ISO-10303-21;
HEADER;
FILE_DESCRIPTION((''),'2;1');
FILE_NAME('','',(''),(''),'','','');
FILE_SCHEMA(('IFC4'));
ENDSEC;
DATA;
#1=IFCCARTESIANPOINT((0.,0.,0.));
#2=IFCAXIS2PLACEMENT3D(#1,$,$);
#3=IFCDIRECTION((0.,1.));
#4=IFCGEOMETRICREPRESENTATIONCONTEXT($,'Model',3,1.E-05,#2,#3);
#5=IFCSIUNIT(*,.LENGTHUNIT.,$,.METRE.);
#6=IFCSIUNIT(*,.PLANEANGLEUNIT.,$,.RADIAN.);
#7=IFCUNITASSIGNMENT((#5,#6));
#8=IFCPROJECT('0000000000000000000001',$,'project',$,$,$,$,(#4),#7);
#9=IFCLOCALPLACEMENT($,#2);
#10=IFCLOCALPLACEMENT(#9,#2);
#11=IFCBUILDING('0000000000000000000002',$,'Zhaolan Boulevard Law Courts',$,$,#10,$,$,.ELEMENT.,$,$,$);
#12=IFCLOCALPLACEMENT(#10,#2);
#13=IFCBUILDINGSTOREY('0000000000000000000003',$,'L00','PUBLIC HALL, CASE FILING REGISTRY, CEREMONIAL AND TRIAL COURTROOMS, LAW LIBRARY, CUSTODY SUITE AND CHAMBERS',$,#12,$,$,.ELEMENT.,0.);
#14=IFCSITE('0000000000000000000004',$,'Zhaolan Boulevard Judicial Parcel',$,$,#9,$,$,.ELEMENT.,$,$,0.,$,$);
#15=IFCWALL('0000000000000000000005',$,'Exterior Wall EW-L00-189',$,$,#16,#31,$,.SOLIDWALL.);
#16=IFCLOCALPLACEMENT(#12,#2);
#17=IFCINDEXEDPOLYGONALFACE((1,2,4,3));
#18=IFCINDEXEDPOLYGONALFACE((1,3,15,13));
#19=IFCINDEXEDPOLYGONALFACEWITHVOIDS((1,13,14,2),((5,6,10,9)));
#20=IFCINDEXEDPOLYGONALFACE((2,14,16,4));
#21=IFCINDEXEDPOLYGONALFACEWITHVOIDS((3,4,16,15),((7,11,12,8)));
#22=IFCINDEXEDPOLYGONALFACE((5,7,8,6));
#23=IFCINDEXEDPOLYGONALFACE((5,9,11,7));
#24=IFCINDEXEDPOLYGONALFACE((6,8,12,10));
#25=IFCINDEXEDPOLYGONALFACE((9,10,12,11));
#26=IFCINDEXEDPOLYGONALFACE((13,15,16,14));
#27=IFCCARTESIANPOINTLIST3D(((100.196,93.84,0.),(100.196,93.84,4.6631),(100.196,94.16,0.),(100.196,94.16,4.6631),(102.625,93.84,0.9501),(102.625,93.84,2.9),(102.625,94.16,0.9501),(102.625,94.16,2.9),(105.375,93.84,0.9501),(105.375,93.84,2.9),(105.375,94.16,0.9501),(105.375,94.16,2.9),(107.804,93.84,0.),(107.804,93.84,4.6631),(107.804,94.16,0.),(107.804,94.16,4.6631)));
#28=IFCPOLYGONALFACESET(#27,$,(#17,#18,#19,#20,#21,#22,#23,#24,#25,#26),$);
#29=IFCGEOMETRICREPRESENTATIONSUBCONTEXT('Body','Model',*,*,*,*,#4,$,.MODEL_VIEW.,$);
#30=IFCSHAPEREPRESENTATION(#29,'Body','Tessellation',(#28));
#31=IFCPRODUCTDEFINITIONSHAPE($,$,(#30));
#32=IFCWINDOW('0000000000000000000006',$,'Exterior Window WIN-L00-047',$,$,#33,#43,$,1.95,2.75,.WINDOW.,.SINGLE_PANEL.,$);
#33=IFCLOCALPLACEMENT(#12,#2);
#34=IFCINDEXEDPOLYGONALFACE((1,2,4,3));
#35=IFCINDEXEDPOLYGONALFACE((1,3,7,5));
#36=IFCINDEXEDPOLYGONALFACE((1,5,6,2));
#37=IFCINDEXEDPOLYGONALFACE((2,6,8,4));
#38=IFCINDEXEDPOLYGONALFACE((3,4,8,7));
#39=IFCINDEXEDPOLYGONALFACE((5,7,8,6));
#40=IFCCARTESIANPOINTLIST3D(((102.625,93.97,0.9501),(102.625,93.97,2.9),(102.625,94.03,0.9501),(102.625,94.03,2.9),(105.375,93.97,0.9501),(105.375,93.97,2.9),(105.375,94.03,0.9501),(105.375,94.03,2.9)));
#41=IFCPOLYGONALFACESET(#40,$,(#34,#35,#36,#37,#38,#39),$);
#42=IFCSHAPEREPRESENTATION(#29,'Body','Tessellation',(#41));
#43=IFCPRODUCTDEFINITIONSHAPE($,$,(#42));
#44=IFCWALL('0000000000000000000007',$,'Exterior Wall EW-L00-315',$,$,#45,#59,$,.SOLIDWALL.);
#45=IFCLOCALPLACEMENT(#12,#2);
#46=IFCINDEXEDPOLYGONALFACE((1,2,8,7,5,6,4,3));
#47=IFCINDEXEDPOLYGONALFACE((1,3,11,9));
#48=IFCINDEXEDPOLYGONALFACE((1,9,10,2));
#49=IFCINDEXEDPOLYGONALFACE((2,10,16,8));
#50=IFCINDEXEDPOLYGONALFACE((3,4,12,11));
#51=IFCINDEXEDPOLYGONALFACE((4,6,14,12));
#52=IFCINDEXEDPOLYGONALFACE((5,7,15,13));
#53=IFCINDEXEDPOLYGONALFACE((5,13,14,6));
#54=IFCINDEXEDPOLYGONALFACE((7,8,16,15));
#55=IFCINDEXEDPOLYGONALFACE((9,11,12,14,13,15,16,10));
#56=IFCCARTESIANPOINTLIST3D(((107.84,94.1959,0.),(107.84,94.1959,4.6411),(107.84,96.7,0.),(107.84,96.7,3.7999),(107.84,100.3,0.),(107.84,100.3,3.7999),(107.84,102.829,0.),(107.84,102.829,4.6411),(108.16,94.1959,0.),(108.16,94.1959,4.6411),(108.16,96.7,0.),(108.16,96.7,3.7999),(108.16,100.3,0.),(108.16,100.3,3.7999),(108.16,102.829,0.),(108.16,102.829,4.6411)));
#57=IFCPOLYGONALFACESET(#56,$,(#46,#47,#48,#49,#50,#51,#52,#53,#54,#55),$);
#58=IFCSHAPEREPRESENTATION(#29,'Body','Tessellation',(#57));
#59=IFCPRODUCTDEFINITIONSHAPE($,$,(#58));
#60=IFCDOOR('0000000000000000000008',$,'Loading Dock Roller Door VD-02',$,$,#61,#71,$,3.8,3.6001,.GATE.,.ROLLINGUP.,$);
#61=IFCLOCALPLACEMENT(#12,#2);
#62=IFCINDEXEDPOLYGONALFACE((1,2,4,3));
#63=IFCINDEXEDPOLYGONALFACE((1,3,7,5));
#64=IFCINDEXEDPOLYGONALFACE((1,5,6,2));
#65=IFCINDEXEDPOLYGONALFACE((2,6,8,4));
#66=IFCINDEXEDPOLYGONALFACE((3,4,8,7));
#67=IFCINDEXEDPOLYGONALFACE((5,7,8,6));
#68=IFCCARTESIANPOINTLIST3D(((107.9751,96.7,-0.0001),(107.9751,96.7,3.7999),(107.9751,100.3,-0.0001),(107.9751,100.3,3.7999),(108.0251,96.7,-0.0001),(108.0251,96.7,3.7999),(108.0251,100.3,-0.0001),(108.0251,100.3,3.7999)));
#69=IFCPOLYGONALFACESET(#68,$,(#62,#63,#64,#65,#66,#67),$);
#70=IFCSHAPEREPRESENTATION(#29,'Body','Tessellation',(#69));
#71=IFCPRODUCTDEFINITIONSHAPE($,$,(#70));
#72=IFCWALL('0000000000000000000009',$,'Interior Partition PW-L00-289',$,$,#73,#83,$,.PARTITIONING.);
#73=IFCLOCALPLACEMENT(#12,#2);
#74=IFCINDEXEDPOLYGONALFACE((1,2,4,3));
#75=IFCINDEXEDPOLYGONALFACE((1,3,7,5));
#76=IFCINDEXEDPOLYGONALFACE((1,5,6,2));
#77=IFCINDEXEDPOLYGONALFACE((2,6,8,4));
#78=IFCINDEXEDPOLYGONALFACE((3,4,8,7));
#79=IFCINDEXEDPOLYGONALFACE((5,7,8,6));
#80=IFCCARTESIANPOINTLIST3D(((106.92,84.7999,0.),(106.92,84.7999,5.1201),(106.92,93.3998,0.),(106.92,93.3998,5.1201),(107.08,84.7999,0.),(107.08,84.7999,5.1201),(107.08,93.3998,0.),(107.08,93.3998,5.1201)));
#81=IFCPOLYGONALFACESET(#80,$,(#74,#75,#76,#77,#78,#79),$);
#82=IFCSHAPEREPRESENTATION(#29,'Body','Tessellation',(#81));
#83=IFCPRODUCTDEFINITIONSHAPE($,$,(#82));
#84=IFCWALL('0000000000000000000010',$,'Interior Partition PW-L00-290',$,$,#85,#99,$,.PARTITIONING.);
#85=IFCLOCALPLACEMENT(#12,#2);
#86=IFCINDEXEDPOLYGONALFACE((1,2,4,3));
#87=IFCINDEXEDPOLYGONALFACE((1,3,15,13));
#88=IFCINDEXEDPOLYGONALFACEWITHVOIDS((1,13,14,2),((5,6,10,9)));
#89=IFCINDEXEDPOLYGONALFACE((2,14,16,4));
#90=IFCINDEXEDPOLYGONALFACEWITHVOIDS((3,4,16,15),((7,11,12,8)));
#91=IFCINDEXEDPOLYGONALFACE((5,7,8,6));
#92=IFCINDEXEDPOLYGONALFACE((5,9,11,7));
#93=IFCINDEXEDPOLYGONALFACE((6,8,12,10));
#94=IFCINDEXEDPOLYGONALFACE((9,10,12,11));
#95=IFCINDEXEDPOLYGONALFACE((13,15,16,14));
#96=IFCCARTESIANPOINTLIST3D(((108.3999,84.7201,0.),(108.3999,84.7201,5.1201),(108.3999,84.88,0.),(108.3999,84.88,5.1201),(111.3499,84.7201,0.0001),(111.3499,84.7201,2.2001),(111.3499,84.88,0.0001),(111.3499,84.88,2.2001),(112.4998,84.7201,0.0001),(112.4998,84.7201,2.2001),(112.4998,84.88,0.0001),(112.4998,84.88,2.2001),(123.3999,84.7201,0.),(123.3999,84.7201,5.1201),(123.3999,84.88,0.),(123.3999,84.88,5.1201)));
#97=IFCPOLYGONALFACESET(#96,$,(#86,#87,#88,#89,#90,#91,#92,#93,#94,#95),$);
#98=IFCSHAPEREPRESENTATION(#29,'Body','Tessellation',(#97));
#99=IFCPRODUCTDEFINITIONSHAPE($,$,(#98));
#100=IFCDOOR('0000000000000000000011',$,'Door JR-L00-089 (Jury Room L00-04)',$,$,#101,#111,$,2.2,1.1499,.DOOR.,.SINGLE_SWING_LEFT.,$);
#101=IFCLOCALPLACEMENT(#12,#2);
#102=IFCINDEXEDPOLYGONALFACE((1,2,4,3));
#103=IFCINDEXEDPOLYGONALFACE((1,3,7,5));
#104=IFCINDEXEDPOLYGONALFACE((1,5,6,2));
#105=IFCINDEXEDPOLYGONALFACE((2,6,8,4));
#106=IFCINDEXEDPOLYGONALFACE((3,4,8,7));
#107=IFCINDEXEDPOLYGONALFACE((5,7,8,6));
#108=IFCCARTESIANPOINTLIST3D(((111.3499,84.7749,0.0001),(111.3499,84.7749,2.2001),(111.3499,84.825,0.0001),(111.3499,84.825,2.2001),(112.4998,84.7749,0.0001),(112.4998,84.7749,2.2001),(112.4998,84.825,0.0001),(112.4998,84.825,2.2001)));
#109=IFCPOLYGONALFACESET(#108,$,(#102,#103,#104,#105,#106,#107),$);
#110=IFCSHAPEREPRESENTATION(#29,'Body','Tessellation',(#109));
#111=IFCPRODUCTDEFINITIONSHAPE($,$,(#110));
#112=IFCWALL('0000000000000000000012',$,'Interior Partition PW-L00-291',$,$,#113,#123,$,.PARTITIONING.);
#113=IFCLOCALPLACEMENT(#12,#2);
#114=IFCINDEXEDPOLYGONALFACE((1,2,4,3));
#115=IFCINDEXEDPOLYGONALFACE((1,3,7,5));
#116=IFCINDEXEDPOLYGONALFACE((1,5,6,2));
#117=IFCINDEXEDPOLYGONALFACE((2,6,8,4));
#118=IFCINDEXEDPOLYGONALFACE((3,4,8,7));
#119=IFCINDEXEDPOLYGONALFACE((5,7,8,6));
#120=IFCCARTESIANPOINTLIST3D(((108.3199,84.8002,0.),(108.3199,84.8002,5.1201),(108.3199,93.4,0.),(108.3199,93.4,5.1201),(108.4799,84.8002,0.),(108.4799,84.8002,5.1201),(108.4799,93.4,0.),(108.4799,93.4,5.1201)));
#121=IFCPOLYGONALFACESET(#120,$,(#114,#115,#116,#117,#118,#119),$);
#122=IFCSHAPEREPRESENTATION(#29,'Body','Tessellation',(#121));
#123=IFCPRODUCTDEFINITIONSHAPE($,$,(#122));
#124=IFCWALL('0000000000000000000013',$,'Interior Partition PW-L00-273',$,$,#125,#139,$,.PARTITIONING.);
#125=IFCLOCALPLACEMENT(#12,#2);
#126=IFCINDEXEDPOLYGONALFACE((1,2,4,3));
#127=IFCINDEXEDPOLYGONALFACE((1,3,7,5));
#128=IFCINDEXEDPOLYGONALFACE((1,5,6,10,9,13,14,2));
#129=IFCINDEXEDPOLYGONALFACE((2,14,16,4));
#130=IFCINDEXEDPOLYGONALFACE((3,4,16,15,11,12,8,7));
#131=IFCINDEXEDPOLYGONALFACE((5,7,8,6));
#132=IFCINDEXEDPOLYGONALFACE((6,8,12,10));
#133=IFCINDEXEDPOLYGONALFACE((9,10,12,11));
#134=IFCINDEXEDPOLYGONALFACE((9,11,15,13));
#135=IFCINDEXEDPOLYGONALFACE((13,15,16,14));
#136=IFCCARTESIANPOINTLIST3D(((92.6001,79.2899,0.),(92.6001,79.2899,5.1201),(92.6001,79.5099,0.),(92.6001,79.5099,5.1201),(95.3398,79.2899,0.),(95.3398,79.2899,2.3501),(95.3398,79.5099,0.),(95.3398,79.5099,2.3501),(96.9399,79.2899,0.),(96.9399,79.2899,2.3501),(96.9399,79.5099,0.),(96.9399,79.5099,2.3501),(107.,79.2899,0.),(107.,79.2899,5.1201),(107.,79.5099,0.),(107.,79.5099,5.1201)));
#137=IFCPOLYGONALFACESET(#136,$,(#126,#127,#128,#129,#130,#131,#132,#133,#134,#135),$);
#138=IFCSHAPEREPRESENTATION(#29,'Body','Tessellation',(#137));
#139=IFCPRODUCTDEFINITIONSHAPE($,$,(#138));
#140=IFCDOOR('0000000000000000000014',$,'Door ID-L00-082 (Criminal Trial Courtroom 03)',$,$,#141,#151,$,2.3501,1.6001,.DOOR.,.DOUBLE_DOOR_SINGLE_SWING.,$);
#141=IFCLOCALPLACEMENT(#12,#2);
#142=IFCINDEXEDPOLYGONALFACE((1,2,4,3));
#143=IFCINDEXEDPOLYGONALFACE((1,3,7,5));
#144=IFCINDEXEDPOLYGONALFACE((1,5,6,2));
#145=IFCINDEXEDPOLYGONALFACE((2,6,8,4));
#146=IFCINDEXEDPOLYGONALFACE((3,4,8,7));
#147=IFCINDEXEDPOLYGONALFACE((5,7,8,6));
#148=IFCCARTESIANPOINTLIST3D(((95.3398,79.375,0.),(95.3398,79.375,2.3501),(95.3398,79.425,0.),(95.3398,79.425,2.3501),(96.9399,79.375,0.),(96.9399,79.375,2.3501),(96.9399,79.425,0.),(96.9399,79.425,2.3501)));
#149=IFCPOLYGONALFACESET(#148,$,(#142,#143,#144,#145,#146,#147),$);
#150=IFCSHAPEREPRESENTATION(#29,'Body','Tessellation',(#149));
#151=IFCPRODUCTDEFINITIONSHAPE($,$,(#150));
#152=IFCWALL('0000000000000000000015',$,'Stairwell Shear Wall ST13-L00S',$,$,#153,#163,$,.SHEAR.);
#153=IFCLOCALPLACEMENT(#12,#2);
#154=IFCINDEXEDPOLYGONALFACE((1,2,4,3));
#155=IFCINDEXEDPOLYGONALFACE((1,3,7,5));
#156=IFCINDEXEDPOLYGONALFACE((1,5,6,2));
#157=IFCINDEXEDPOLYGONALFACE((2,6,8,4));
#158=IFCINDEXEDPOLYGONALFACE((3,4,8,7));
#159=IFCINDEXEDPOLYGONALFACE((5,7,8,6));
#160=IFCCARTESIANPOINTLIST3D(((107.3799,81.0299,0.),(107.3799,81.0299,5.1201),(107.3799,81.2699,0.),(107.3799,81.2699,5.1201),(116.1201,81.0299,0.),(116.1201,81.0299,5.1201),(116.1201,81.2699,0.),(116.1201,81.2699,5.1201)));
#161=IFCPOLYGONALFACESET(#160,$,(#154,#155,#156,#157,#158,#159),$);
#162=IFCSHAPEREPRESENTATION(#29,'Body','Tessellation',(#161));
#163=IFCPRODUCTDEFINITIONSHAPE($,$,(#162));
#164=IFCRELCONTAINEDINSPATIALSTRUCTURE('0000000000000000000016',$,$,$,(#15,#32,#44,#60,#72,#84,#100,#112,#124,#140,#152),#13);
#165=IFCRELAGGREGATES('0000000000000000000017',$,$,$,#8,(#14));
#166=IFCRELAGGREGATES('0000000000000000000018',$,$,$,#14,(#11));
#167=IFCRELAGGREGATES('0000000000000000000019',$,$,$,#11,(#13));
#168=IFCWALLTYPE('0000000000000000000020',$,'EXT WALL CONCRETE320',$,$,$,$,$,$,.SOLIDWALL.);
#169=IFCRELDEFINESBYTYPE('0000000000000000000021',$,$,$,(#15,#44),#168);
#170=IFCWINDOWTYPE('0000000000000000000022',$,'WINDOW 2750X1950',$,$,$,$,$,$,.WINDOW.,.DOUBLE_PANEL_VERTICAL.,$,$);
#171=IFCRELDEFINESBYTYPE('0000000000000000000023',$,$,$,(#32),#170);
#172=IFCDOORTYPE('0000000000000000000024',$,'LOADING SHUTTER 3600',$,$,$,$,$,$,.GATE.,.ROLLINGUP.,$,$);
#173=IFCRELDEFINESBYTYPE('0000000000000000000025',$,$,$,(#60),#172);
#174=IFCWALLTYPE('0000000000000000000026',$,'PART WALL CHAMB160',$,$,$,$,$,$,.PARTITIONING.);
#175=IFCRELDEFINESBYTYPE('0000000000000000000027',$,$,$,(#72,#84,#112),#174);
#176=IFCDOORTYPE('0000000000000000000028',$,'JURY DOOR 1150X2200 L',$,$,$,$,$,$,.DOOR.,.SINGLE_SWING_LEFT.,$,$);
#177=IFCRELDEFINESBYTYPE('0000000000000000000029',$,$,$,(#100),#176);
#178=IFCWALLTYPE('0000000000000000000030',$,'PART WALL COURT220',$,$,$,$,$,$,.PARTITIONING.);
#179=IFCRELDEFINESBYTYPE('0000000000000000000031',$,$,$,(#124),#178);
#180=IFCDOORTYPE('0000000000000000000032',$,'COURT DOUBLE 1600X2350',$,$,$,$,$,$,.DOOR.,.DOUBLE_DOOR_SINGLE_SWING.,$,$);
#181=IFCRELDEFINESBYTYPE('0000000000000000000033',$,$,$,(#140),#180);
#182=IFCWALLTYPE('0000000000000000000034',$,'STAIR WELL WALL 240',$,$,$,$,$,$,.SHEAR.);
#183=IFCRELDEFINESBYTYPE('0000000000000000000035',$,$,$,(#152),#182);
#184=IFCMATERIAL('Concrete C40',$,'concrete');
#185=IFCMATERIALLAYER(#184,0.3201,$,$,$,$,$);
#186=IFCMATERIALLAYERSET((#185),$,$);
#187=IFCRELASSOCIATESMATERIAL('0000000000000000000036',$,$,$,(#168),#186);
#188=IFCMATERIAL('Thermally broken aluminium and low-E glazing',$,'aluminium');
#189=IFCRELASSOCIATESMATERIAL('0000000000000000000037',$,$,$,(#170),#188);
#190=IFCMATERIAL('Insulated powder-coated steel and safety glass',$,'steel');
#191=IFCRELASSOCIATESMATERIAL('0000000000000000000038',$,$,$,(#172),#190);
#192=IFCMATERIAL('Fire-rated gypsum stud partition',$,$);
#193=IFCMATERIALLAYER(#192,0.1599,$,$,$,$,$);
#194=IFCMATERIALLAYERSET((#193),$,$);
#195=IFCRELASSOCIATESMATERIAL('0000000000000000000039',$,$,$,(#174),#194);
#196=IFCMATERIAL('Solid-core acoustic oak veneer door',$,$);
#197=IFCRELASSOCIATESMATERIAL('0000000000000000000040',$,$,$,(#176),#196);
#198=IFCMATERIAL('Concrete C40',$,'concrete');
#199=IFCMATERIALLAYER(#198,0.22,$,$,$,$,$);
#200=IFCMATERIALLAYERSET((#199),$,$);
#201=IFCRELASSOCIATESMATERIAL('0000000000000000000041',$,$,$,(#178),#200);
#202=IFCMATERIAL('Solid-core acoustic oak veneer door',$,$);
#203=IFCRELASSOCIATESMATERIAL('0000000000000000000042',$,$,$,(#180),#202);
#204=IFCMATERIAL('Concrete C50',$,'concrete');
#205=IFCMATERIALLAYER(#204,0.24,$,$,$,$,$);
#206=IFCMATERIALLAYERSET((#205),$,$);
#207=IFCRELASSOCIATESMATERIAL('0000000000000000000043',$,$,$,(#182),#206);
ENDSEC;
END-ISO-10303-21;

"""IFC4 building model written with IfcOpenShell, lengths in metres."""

from ifc_helpers import new_model, si_unit, direction, frame, frame_2d, origin, place, context, subcontext, project, spatial, rectangle, extrude, material, layer, layer_set, type_object, element, fill, save


model = new_model("IFC4")

# Units and contexts
model_context = context("Model", 3, precision=1e-05, world=origin(), true_north=direction((0.0, 1.0)))
body_context = subcontext(model_context, "Body", "Model", "MODEL_VIEW")
ifc_project = project(units=[si_unit("LENGTHUNIT", "METRE"), si_unit("PLANEANGLEUNIT", "RADIAN")], contexts=[model_context])

# Site, building, storey
site_placement = place(None, origin())
site = spatial("IfcSite", under=ifc_project, at=site_placement, Name="Zhaolan Boulevard Judicial Parcel", CompositionType="ELEMENT", RefElevation=0.0)
building_placement = place(site_placement, origin())
building = spatial("IfcBuilding", under=site, at=building_placement, Name="Zhaolan Boulevard Law Courts", CompositionType="ELEMENT")
storey_placement = place(building_placement, origin())
storey = spatial("IfcBuildingStorey", under=building, at=storey_placement, Name="L00", Description="PUBLIC HALL, CASE FILING REGISTRY, CEREMONIAL AND TRIAL COURTROOMS, LAW LIBRARY, CUSTODY SUITE AND CHAMBERS", CompositionType="ELEMENT", Elevation=0.0)

# Wall, opening, window
ifc_material_1 = material(Name="Concrete C40", Category="concrete")
ifc_layer_1 = layer(ifc_material_1, 0.3201)
ifc_layer_set_1 = layer_set([ifc_layer_1])
wall_type_1 = type_object("IfcWallType", Name="EXT WALL CONCRETE320", PredefinedType="SOLIDWALL", material=ifc_layer_set_1)
wall_1_placement = place(storey_placement, frame((107.804, 94.0, 0.0), z_axis=(0.0, 0.0, 1.0), x_axis=(-1.0, 0.0, 0.0)))
wall_1 = element("IfcWall", 1, at=wall_1_placement, inside=storey, type_object=wall_type_1, Name="Exterior Wall EW-L00-189", PredefinedType="SOLIDWALL", context=body_context, shape_type="SweptSolid", body=[
    extrude(rectangle(XDim=7.6079, YDim=0.3201, at=frame_2d((3.804, 0.0))), origin(), (0.0, 0.0, 1.0), 4.6631),
])
opening_1_placement = place(wall_1_placement, frame((2.429, 0.0, 0.95)))
opening_1 = element("IfcOpeningElement", 2, at=opening_1_placement, cuts=wall_1, PredefinedType="OPENING", context=body_context, shape_type="SweptSolid", body=[
    extrude(rectangle(XDim=2.75, YDim=1.95, at=frame_2d((1.375, 0.9751))), frame((0.0, 0.1699, 0.0), z_axis=(0.0, -1.0, 0.0), x_axis=(1.0, 0.0, 0.0)), (0.0, 0.0, 1.0), 0.3401),
])
ifc_material_2 = material(Name="Thermally broken aluminium and low-E glazing", Category="aluminium")
window_type = type_object("IfcWindowType", Name="WINDOW 2750X1950", PartitioningType="DOUBLE_PANEL_VERTICAL", PredefinedType="WINDOW", material=ifc_material_2)
window_placement = place(opening_1_placement, origin())
window = element("IfcWindow", 3, at=window_placement, inside=storey, type_object=window_type, Name="Exterior Window WIN-L00-047", OverallHeight=1.95, OverallWidth=2.75, PartitioningType="SINGLE_PANEL", PredefinedType="WINDOW", context=body_context, shape_type="SweptSolid", body=[
    extrude(rectangle(XDim=2.75, YDim=1.95, at=frame_2d((1.375, 0.9751))), frame((0.0, 0.03, 0.0), z_axis=(0.0, -1.0, 0.0), x_axis=(1.0, 0.0, 0.0)), (0.0, 0.0, 1.0), 0.0601),
])
fill(opening_1, window)

# Wall, opening, door
wall_2_placement = place(storey_placement, frame((108.0, 94.196, 0.0), z_axis=(0.0, 0.0, 1.0), x_axis=(0.0, 1.0, 0.0)))
wall_2 = element("IfcWall", 4, at=wall_2_placement, inside=storey, type_object=wall_type_1, Name="Exterior Wall EW-L00-315", PredefinedType="SOLIDWALL", context=body_context, shape_type="SweptSolid", body=[
    extrude(rectangle(XDim=8.6331, YDim=0.3201, at=frame_2d((4.3164, 0.0))), origin(), (0.0, 0.0, 1.0), 4.6411),
])
opening_2_placement = place(wall_2_placement, frame((2.5039, 0.0, 0.0)))
opening_2 = element("IfcOpeningElement", 5, at=opening_2_placement, cuts=wall_2, PredefinedType="OPENING", context=body_context, shape_type="SweptSolid", body=[
    extrude(rectangle(XDim=3.6001, YDim=3.8, at=frame_2d((1.8, 1.8999))), frame((0.0, 0.1699, 0.0), z_axis=(0.0, -1.0, 0.0), x_axis=(1.0, 0.0, 0.0)), (0.0, 0.0, 1.0), 0.3401),
])
ifc_material_3 = material(Name="Insulated powder-coated steel and safety glass", Category="steel")
door_type_1 = type_object("IfcDoorType", Name="LOADING SHUTTER 3600", OperationType="ROLLINGUP", PredefinedType="GATE", material=ifc_material_3)
door_1_placement = place(opening_2_placement, origin())
door_1 = element("IfcDoor", 6, at=door_1_placement, inside=storey, type_object=door_type_1, Name="Loading Dock Roller Door VD-02", OperationType="ROLLINGUP", OverallHeight=3.8, OverallWidth=3.6001, PredefinedType="GATE", context=body_context, shape_type="SweptSolid", body=[
    extrude(rectangle(XDim=3.6001, YDim=3.8, at=frame_2d((1.8, 1.8999))), frame((0.0, 0.0249, 0.0), z_axis=(0.0, -1.0, 0.0), x_axis=(1.0, 0.0, 0.0)), (0.0, 0.0, 1.0), 0.05),
])
fill(opening_2, door_1)

# Wall
ifc_material_4 = material(Name="Fire-rated gypsum stud partition")
ifc_layer_2 = layer(ifc_material_4, 0.1599)
ifc_layer_set_2 = layer_set([ifc_layer_2])
wall_type_2 = type_object("IfcWallType", Name="PART WALL CHAMB160", PredefinedType="PARTITIONING", material=ifc_layer_set_2)
wall_3_placement = place(storey_placement, frame((107.0, 84.8, 0.0), z_axis=(0.0, 0.0, 1.0), x_axis=(0.0, 1.0, 0.0)))
element("IfcWall", 7, at=wall_3_placement, inside=storey, type_object=wall_type_2, Name="Interior Partition PW-L00-289", PredefinedType="PARTITIONING", context=body_context, shape_type="SweptSolid", body=[
    extrude(rectangle(XDim=8.5999, YDim=0.1599, at=frame_2d((4.2998, 0.0))), origin(), (0.0, 0.0, 1.0), 5.1201),
])

# Wall, opening, door
wall_4_placement = place(storey_placement, frame((108.3999, 84.8, 0.0), z_axis=(0.0, 0.0, 1.0), x_axis=(1.0, 0.0, 0.0)))
wall_4 = element("IfcWall", 8, at=wall_4_placement, inside=storey, type_object=wall_type_2, Name="Interior Partition PW-L00-290", PredefinedType="PARTITIONING", context=body_context, shape_type="SweptSolid", body=[
    extrude(rectangle(XDim=15.0, YDim=0.1599, at=frame_2d((7.5, 0.0))), origin(), (0.0, 0.0, 1.0), 5.1201),
])
opening_3_placement = place(wall_4_placement, frame((2.95, 0.0, 0.0)))
opening_3 = element("IfcOpeningElement", 9, at=opening_3_placement, cuts=wall_4, PredefinedType="OPENING", context=body_context, shape_type="SweptSolid", body=[
    extrude(rectangle(XDim=1.1499, YDim=2.2, at=frame_2d((0.575, 1.1001))), frame((0.0, 0.0898, 0.0), z_axis=(0.0, -1.0, 0.0), x_axis=(1.0, 0.0, 0.0)), (0.0, 0.0, 1.0), 0.1799),
])
ifc_material_5 = material(Name="Solid-core acoustic oak veneer door")
door_type_2 = type_object("IfcDoorType", Name="JURY DOOR 1150X2200 L", OperationType="SINGLE_SWING_LEFT", PredefinedType="DOOR", material=ifc_material_5)
door_2_placement = place(opening_3_placement, origin())
door_2 = element("IfcDoor", 10, at=door_2_placement, inside=storey, type_object=door_type_2, Name="Door JR-L00-089 (Jury Room L00-04)", OperationType="SINGLE_SWING_LEFT", OverallHeight=2.2, OverallWidth=1.1499, PredefinedType="DOOR", context=body_context, shape_type="SweptSolid", body=[
    extrude(rectangle(XDim=1.1499, YDim=2.2, at=frame_2d((0.575, 1.1001))), frame((0.0, 0.0249, 0.0), z_axis=(0.0, -1.0, 0.0), x_axis=(1.0, 0.0, 0.0)), (0.0, 0.0, 1.0), 0.05),
])
fill(opening_3, door_2)

# Wall
wall_5_placement = place(storey_placement, frame((108.3999, 93.3999, 0.0), z_axis=(0.0, 0.0, 1.0), x_axis=(0.0, -1.0, 0.0)))
element("IfcWall", 11, at=wall_5_placement, inside=storey, type_object=wall_type_2, Name="Interior Partition PW-L00-291", PredefinedType="PARTITIONING", context=body_context, shape_type="SweptSolid", body=[
    extrude(rectangle(XDim=8.5999, YDim=0.1599, at=frame_2d((4.2998, 0.0))), origin(), (0.0, 0.0, 1.0), 5.1201),
])

# Wall, opening, door
ifc_material_6 = material(Name="Concrete C40", Category="concrete")
ifc_layer_3 = layer(ifc_material_6, 0.22)
ifc_layer_set_3 = layer_set([ifc_layer_3])
wall_type_3 = type_object("IfcWallType", Name="PART WALL COURT220", PredefinedType="PARTITIONING", material=ifc_layer_set_3)
wall_6_placement = place(storey_placement, frame((107.0, 79.3999, 0.0), z_axis=(0.0, 0.0, 1.0), x_axis=(-1.0, 0.0, 0.0)))
wall_6 = element("IfcWall", 12, at=wall_6_placement, inside=storey, type_object=wall_type_3, Name="Interior Partition PW-L00-273", PredefinedType="PARTITIONING", context=body_context, shape_type="SweptSolid", body=[
    extrude(rectangle(XDim=14.3999, YDim=0.22, at=frame_2d((7.2, 0.0))), origin(), (0.0, 0.0, 1.0), 5.1201),
])
opening_4_placement = place(wall_6_placement, frame((10.0601, 0.0, 0.0)))
opening_4 = element("IfcOpeningElement", 13, at=opening_4_placement, cuts=wall_6, PredefinedType="OPENING", context=body_context, shape_type="SweptSolid", body=[
    extrude(rectangle(XDim=1.6001, YDim=2.3501, at=frame_2d((0.8, 1.175))), frame((0.0, 0.1199, 0.0), z_axis=(0.0, -1.0, 0.0), x_axis=(1.0, 0.0, 0.0)), (0.0, 0.0, 1.0), 0.24),
])
ifc_material_7 = material(Name="Solid-core acoustic oak veneer door")
door_type_3 = type_object("IfcDoorType", Name="COURT DOUBLE 1600X2350", OperationType="DOUBLE_DOOR_SINGLE_SWING", PredefinedType="DOOR", material=ifc_material_7)
door_3_placement = place(opening_4_placement, origin())
door_3 = element("IfcDoor", 14, at=door_3_placement, inside=storey, type_object=door_type_3, Name="Door ID-L00-082 (Criminal Trial Courtroom 03)", OperationType="DOUBLE_DOOR_SINGLE_SWING", OverallHeight=2.3501, OverallWidth=1.6001, PredefinedType="DOOR", context=body_context, shape_type="SweptSolid", body=[
    extrude(rectangle(XDim=1.6001, YDim=2.3501, at=frame_2d((0.8, 1.175))), frame((0.0, 0.0249, 0.0), z_axis=(0.0, -1.0, 0.0), x_axis=(1.0, 0.0, 0.0)), (0.0, 0.0, 1.0), 0.05),
])
fill(opening_4, door_3)

# Wall
ifc_material_8 = material(Name="Concrete C50", Category="concrete")
ifc_layer_4 = layer(ifc_material_8, 0.24)
ifc_layer_set_4 = layer_set([ifc_layer_4])
wall_type_4 = type_object("IfcWallType", Name="STAIR WELL WALL 240", PredefinedType="SHEAR", material=ifc_layer_set_4)
wall_7_placement = place(storey_placement, frame((107.3799, 81.1499, 0.0), z_axis=(0.0, 0.0, 1.0), x_axis=(1.0, 0.0, 0.0)))
element("IfcWall", 15, at=wall_7_placement, inside=storey, type_object=wall_type_4, Name="Stairwell Shear Wall ST13-L00S", PredefinedType="SHEAR", context=body_context, shape_type="SweptSolid", body=[
    extrude(rectangle(XDim=8.7402, YDim=0.24, at=frame_2d((4.3701, 0.0))), origin(), (0.0, 0.0, 1.0), 5.1201),
])

save(model, "model.ifc")
